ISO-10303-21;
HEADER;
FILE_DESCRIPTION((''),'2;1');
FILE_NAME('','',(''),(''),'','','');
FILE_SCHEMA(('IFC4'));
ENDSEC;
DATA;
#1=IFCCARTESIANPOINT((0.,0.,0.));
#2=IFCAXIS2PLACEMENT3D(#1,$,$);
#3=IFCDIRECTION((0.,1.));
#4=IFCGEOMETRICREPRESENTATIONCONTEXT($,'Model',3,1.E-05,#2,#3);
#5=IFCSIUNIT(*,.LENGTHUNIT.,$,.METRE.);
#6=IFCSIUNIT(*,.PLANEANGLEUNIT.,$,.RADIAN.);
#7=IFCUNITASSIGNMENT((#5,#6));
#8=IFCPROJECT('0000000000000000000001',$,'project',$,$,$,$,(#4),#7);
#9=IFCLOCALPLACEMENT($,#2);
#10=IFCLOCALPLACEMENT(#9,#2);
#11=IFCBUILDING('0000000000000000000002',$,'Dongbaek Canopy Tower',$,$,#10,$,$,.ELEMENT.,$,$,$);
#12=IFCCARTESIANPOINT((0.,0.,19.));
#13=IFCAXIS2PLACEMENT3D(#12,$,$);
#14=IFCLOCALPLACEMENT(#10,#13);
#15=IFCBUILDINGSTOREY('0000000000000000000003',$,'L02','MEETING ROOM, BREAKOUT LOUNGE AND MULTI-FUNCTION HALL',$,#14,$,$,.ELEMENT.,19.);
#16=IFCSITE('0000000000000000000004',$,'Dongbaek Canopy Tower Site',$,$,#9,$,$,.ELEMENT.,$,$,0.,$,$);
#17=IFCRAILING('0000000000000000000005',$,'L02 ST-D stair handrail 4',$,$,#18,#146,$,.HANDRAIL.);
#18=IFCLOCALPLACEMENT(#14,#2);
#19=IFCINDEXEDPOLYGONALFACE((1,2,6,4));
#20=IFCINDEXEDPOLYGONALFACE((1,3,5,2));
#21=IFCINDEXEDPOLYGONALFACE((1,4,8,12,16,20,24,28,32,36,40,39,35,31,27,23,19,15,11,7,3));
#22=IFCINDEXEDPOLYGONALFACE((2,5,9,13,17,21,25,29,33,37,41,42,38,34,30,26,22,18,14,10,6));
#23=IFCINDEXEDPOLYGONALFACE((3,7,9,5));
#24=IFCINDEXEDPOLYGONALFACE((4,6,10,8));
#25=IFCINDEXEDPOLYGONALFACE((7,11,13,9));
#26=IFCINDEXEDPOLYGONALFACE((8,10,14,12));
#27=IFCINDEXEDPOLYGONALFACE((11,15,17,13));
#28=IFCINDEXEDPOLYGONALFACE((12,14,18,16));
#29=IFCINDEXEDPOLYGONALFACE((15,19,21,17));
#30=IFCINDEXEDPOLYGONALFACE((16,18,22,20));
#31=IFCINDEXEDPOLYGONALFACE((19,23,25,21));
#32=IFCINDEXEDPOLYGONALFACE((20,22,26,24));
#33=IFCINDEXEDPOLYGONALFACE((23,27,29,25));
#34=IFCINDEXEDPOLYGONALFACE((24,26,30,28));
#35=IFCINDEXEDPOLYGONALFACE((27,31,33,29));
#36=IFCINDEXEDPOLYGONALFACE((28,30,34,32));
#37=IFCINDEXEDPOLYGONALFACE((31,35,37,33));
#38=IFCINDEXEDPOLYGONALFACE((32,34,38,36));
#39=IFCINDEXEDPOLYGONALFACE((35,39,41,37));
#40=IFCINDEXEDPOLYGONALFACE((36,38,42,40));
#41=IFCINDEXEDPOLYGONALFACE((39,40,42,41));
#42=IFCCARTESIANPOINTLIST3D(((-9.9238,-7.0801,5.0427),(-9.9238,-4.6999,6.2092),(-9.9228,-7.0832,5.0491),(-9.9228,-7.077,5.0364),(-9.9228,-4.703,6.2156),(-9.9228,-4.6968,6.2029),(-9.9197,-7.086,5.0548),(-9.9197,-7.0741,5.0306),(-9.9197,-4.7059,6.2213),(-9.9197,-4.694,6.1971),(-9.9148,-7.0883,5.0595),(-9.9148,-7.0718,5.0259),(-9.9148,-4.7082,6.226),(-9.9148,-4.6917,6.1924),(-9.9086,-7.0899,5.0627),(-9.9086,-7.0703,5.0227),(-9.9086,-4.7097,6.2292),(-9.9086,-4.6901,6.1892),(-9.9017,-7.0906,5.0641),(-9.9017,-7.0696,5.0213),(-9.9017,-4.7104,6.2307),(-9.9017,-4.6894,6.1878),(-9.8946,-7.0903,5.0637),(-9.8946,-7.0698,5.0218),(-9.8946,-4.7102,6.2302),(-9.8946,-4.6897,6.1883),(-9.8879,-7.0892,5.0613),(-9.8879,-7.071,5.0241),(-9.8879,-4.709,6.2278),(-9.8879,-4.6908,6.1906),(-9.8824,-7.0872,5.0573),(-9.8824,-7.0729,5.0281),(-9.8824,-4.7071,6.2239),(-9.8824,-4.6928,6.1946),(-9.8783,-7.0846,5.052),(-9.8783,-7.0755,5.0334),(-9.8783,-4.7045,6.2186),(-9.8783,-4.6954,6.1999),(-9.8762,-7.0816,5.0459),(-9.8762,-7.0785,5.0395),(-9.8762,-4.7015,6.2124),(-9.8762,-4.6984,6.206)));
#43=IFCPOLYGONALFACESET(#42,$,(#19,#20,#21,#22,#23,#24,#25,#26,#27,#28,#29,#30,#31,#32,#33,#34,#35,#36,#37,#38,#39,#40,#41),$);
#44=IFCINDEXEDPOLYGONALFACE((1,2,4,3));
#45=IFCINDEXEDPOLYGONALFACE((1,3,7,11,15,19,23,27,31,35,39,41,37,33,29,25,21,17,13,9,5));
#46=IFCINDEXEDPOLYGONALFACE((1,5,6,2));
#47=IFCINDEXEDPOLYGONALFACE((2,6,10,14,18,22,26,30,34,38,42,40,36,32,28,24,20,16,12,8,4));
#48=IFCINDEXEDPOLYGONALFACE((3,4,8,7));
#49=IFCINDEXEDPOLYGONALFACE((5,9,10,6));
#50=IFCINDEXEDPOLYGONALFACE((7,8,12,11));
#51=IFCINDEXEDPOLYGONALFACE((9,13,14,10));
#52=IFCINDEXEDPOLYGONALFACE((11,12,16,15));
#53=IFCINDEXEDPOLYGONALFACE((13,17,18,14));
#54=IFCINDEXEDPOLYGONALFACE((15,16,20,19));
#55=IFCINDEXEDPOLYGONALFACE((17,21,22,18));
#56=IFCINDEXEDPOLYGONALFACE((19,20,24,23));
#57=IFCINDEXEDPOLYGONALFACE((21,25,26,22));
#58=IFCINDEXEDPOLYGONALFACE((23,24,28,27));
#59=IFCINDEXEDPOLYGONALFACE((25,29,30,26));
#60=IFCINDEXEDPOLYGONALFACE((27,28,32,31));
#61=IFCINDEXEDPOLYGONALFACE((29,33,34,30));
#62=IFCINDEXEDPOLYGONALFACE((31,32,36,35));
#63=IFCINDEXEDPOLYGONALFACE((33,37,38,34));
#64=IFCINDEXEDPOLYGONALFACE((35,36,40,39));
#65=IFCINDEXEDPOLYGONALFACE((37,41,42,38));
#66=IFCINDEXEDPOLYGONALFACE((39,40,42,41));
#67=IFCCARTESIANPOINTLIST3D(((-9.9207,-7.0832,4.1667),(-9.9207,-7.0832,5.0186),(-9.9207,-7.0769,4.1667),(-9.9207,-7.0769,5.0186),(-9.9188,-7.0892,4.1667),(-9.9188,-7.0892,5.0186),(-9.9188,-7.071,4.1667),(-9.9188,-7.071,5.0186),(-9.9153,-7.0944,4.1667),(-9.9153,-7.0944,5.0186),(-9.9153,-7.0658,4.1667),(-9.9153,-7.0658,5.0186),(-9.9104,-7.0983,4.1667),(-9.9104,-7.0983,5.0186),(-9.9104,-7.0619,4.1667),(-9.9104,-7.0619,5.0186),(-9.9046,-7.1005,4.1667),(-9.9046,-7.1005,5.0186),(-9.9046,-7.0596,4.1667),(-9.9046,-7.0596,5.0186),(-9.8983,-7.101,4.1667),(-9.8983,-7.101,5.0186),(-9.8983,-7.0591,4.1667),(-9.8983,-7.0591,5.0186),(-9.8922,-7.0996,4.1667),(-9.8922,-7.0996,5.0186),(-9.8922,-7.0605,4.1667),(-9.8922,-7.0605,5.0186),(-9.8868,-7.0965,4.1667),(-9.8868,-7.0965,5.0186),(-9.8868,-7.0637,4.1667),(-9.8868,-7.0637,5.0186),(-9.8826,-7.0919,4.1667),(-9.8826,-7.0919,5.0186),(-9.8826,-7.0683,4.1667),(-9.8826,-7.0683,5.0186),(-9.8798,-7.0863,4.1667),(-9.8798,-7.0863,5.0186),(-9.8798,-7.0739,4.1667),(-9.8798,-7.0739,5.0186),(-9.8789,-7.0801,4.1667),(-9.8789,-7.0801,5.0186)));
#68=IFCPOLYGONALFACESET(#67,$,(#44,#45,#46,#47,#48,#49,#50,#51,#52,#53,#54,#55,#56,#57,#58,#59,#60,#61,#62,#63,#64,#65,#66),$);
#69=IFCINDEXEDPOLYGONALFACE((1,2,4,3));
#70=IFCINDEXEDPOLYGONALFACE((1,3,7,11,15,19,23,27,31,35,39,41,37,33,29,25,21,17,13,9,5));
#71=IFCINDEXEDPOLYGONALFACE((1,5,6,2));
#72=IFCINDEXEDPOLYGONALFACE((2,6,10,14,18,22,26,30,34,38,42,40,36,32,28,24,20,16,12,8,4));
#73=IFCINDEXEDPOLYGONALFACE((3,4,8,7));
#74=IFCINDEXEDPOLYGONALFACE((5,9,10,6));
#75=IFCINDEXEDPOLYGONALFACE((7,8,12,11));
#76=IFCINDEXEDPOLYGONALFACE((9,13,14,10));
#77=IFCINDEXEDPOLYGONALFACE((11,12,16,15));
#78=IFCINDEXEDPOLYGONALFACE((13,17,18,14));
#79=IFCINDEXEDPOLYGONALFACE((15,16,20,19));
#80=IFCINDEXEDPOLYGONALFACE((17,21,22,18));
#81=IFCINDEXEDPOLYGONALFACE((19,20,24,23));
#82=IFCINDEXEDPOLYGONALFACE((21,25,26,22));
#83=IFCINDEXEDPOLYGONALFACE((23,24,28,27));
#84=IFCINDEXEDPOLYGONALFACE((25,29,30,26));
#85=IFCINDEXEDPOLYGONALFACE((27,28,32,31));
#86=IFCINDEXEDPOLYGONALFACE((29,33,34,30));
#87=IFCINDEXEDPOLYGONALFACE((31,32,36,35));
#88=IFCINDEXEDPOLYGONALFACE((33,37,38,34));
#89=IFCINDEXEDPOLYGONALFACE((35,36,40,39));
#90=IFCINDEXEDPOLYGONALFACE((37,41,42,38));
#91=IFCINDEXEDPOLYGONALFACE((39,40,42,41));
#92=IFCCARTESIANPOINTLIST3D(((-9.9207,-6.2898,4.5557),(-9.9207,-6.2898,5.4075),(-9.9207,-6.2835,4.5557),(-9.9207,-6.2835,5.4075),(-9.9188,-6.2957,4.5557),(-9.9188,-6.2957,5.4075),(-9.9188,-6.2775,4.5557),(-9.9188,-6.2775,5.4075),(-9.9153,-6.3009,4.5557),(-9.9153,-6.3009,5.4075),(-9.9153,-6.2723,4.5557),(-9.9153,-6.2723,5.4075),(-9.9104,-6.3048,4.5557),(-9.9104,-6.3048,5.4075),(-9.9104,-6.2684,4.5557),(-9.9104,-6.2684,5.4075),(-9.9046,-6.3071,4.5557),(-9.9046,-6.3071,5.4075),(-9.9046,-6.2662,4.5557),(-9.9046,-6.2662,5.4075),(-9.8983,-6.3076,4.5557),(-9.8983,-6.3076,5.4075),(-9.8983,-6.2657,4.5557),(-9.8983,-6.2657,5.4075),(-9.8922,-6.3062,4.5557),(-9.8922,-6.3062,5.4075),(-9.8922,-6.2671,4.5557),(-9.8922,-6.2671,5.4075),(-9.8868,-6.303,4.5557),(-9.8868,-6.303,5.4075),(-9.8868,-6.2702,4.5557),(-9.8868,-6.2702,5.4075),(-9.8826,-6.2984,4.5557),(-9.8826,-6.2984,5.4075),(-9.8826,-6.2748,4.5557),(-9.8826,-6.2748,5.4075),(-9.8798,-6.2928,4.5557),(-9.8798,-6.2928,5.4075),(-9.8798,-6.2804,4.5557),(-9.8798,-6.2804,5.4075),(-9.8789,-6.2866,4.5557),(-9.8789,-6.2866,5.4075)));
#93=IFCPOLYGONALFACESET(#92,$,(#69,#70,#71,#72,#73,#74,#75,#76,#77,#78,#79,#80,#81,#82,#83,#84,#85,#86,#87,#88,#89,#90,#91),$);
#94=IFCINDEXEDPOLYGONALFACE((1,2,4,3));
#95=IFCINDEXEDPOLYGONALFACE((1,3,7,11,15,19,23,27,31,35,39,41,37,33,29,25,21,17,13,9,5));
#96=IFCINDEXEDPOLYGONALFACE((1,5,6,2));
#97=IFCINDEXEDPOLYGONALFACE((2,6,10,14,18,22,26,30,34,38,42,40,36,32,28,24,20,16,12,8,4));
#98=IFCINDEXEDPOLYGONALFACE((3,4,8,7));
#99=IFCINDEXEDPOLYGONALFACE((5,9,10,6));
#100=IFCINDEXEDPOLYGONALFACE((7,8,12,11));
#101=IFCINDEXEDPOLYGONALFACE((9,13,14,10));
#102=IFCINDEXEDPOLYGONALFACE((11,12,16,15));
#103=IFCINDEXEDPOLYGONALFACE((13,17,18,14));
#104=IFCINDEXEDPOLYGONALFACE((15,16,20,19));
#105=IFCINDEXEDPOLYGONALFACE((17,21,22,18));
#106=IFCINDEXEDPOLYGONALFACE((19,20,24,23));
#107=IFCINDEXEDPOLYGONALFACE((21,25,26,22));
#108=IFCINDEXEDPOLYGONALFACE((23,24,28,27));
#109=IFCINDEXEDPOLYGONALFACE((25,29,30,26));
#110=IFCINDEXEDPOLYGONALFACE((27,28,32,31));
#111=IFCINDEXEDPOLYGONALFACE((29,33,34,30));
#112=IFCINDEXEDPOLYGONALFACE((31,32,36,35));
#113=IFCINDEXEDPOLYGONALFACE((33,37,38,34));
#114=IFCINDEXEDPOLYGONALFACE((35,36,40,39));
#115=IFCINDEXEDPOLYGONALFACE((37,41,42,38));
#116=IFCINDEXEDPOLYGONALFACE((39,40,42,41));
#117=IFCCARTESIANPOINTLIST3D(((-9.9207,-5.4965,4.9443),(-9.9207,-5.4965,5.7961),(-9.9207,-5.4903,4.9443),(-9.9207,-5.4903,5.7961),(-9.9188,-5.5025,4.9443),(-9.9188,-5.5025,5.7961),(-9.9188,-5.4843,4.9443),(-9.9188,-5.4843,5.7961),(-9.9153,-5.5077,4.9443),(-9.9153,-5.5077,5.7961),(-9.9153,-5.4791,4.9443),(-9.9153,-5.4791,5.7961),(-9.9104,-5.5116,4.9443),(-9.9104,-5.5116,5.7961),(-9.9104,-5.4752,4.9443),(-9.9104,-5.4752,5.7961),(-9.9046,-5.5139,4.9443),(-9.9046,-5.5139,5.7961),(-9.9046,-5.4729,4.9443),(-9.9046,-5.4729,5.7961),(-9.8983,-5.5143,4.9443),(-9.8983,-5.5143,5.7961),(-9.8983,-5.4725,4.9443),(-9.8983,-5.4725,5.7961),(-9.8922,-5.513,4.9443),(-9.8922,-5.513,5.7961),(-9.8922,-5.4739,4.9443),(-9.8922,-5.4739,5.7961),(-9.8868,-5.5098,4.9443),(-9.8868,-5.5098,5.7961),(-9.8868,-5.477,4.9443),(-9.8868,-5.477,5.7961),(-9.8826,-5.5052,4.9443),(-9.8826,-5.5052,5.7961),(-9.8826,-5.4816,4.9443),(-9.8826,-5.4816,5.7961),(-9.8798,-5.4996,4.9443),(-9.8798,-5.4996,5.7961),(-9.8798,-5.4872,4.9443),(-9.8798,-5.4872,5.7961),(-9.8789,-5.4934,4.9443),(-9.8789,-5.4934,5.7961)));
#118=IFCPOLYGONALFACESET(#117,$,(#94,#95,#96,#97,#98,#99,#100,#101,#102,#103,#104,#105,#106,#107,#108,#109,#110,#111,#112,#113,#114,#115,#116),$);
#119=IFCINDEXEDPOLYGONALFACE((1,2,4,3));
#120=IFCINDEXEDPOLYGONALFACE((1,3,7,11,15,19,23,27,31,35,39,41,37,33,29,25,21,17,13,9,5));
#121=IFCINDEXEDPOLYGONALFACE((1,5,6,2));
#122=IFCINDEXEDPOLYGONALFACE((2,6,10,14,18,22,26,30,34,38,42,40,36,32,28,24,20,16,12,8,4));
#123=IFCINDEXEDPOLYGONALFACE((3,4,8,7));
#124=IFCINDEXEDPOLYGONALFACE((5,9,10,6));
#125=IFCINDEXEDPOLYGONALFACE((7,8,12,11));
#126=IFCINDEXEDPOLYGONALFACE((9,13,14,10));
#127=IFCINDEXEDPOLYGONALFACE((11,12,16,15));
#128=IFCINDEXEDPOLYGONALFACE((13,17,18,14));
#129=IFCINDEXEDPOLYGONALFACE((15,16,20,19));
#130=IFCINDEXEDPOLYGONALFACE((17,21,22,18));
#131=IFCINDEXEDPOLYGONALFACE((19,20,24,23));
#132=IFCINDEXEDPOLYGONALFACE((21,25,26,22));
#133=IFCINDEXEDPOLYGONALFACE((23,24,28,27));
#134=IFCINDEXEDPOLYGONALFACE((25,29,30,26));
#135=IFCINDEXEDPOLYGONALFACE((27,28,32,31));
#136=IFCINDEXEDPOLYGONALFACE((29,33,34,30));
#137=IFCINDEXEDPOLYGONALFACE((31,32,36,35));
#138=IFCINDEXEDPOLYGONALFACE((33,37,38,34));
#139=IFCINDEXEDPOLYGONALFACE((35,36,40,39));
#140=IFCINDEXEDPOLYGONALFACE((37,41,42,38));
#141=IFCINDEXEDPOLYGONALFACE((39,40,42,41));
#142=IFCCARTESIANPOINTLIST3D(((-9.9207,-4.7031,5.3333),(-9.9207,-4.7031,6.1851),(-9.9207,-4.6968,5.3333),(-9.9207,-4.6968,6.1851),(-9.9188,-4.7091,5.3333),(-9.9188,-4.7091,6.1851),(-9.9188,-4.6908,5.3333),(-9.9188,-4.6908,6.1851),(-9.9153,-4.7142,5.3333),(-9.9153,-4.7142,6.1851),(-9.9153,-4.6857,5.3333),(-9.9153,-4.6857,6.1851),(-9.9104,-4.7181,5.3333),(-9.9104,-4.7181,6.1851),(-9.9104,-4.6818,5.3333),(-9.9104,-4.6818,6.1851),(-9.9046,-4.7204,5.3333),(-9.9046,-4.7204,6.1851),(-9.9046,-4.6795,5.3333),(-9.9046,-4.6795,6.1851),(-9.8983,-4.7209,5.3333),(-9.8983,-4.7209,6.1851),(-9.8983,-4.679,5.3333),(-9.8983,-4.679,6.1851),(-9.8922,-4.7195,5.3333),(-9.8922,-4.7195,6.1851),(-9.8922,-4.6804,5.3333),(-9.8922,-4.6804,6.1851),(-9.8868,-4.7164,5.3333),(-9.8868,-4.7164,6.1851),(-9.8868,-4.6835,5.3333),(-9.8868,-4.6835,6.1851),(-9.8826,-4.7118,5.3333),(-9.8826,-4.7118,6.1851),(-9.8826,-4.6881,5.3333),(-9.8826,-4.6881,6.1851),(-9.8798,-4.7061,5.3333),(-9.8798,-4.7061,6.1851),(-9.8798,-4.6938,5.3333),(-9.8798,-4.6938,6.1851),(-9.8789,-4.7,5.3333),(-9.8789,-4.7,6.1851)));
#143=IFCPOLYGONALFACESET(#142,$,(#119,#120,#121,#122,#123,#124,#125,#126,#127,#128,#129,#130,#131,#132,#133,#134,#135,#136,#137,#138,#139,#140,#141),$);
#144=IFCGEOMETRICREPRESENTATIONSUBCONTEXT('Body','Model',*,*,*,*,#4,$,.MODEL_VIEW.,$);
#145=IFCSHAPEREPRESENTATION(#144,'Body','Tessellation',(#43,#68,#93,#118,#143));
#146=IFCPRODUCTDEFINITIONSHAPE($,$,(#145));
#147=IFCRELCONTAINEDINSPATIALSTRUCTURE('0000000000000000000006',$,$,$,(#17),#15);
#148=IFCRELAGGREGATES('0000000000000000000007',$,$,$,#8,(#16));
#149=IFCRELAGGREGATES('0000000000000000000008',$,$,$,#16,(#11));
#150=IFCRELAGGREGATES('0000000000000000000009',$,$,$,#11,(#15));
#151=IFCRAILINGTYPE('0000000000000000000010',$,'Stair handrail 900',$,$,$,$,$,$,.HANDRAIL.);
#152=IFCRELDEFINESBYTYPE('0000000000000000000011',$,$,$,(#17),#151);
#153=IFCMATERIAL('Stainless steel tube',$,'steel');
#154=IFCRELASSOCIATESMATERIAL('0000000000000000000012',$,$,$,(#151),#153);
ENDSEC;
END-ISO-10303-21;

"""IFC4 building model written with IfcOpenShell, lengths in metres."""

from ifc_helpers import new_model, si_unit, direction, frame, origin, origin_2d, place, context, subcontext, project, spatial, circle, extrude, material, type_object, element, save


model = new_model("IFC4")

# Units and contexts
model_context = context("Model", 3, precision=1e-05, world=origin(), true_north=direction((0.0, 1.0)))
body_context = subcontext(model_context, "Body", "Model", "MODEL_VIEW")
ifc_project = project(units=[si_unit("LENGTHUNIT", "METRE"), si_unit("PLANEANGLEUNIT", "RADIAN")], contexts=[model_context])

# Site, building, storey
site_placement = place(None, origin())
site = spatial("IfcSite", under=ifc_project, at=site_placement, Name="Dongbaek Canopy Tower Site", CompositionType="ELEMENT", RefElevation=0.0)
building_placement = place(site_placement, origin())
building = spatial("IfcBuilding", under=site, at=building_placement, Name="Dongbaek Canopy Tower", CompositionType="ELEMENT")
storey_placement = place(building_placement, frame((0.0, 0.0, 19.0)))
storey = spatial("IfcBuildingStorey", under=building, at=storey_placement, Name="L02", Description="MEETING ROOM, BREAKOUT LOUNGE AND MULTI-FUNCTION HALL", CompositionType="ELEMENT", Elevation=19.0)

# Railing
ifc_material_1 = material(Name="Stainless steel tube", Category="steel")
railing_type_1 = type_object("IfcRailingType", Name="Stair handrail 900", PredefinedType="HANDRAIL", material=ifc_material_1)
railing_1_placement = place(storey_placement, frame((-9.8999, -7.0801, 4.1667)))
element("IfcRailing", 1, at=railing_1_placement, inside=storey, type_object=railing_type_1, Name="L02 ST-D stair handrail 4", PredefinedType="HANDRAIL", context=body_context, shape_type="SweptSolid", body=[
    extrude(circle(Radius=0.0239, at=origin_2d()), frame((0.0, 0.0, 0.876), z_axis=(0.0, 0.897954, 0.440089), x_axis=(-1.0, 0.0, 0.0)), (0.0, 0.0, 1.0), 2.6506),
    extrude(circle(Radius=0.021, at=origin_2d()), origin(), (0.0, 0.0, 1.0), 0.8518),
    extrude(circle(Radius=0.021, at=origin_2d()), frame((0.0, 0.7935, 0.3889)), (0.0, 0.0, 1.0), 0.8518),
    extrude(circle(Radius=0.021, at=origin_2d()), frame((0.0, 1.5867, 0.7776)), (0.0, 0.0, 1.0), 0.8518),
    extrude(circle(Radius=0.021, at=origin_2d()), frame((0.0, 2.3801, 1.1665)), (0.0, 0.0, 1.0), 0.8518),
])

save(model, "model.ifc")
